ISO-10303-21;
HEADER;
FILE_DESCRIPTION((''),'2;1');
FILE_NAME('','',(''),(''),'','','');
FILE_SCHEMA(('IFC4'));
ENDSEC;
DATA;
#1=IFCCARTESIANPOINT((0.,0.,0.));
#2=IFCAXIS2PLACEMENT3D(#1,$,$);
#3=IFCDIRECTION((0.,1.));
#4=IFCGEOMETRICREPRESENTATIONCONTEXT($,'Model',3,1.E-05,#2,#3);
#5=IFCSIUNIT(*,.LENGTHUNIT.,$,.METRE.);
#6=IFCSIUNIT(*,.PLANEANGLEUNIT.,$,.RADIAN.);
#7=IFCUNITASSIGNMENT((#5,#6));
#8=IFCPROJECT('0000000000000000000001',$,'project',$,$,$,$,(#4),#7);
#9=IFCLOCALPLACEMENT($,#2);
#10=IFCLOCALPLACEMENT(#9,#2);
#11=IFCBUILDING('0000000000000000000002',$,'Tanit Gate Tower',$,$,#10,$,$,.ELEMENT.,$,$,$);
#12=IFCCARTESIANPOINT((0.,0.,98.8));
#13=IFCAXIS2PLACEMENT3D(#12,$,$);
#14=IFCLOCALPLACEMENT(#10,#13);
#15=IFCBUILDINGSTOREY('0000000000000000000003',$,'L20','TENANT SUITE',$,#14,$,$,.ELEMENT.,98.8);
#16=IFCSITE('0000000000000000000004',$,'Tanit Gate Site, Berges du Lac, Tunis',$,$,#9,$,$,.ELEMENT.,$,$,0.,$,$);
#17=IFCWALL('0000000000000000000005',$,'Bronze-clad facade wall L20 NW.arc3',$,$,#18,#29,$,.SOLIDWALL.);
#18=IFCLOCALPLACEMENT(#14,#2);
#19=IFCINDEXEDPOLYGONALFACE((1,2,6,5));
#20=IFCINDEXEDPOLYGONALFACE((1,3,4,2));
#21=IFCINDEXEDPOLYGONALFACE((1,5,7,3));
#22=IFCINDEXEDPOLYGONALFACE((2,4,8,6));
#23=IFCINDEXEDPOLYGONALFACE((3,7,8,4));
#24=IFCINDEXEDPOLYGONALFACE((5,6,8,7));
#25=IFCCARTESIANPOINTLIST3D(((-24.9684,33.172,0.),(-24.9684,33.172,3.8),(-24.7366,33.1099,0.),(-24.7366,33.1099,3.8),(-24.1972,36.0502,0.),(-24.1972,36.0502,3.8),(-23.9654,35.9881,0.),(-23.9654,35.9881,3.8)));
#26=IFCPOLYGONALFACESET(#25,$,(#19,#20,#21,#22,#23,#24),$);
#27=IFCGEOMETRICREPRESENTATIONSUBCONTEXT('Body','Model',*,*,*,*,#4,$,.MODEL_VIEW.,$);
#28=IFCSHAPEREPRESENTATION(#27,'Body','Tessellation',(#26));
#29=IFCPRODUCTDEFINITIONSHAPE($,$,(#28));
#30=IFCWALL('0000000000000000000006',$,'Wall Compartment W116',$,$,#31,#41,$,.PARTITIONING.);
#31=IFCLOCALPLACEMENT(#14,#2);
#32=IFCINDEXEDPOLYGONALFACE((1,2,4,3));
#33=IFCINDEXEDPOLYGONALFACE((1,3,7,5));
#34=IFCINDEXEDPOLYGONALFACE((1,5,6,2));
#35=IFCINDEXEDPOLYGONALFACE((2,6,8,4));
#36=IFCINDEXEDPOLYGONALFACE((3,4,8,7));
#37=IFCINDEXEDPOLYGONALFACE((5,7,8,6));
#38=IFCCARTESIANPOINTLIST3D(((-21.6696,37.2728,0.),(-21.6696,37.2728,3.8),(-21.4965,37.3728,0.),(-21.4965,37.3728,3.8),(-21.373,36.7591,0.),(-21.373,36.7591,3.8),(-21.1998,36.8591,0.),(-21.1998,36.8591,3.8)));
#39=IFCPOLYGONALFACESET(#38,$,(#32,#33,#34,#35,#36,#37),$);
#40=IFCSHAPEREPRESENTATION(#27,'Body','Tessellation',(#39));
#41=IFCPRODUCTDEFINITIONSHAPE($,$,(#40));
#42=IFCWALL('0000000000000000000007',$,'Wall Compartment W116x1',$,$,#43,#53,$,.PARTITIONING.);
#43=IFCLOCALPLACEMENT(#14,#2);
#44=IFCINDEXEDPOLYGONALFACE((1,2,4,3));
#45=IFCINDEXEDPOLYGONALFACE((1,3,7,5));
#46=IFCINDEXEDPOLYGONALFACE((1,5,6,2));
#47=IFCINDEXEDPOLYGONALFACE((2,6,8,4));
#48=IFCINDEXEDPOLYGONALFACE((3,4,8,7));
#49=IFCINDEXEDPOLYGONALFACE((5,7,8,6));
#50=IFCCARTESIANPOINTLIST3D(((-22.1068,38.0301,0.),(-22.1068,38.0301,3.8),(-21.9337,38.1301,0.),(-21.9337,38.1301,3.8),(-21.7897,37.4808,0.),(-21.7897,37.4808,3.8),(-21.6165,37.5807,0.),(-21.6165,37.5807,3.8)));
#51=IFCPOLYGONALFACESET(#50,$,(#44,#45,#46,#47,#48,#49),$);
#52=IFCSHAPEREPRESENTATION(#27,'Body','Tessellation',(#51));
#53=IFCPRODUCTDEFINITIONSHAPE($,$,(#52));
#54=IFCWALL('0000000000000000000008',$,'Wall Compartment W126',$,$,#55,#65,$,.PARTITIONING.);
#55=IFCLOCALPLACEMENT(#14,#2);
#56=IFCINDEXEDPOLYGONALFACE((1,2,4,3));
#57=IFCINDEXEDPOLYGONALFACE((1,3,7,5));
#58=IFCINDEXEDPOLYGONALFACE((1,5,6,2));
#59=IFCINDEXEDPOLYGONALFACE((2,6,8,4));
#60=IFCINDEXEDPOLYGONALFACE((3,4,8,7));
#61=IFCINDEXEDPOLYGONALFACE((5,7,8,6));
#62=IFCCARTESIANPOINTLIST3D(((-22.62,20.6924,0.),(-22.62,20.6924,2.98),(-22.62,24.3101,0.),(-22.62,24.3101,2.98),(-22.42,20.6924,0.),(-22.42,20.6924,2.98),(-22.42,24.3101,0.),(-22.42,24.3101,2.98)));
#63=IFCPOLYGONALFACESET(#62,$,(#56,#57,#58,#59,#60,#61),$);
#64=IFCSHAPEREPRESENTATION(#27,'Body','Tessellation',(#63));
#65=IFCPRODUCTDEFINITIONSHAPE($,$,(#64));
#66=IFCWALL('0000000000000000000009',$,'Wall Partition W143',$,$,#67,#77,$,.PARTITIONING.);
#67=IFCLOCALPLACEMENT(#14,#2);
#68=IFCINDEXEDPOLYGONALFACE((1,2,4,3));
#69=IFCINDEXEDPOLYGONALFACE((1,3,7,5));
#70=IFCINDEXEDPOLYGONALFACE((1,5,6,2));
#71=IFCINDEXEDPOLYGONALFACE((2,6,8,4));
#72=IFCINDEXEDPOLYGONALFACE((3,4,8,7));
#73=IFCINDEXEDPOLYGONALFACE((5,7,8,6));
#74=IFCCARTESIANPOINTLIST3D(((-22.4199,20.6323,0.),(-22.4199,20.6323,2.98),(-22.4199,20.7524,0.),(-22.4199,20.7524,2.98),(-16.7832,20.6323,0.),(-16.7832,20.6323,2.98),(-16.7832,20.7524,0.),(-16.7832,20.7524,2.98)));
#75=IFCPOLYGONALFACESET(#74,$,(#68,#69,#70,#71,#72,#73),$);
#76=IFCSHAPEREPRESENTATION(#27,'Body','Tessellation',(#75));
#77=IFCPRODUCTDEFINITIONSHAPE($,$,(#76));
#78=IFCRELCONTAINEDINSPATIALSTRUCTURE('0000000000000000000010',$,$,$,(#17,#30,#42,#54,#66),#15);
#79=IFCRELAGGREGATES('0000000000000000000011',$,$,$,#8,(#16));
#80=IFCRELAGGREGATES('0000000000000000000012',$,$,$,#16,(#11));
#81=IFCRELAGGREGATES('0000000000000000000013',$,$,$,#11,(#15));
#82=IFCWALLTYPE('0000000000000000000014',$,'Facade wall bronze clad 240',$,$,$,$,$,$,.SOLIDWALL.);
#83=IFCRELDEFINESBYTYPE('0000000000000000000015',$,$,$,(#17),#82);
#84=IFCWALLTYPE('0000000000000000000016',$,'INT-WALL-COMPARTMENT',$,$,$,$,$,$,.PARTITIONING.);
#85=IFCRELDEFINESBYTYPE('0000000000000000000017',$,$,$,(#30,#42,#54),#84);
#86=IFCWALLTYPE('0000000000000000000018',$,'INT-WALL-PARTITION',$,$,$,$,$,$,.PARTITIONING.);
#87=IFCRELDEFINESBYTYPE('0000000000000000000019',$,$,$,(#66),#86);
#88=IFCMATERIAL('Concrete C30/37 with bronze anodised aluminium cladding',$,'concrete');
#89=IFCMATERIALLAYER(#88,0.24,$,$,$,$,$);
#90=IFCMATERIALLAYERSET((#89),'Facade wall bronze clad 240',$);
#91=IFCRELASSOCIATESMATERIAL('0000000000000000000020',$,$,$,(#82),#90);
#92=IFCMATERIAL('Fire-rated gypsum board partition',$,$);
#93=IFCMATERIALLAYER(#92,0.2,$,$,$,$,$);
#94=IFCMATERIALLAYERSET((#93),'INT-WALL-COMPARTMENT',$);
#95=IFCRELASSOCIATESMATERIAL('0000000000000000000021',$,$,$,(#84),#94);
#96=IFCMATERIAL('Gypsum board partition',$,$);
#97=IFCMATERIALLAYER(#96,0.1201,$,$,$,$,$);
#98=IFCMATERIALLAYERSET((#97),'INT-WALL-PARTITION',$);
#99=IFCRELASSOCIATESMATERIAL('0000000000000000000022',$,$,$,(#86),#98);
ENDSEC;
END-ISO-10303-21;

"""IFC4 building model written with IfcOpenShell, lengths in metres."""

from ifc_helpers import new_model, si_unit, direction, frame, frame_2d, origin, place, context, subcontext, project, spatial, rectangle, extrude, material, layer, layer_set, type_object, element, save


model = new_model("IFC4")

# Units and contexts
model_context = context("Model", 3, precision=1e-05, world=origin(), true_north=direction((0.0, 1.0)))
body_context = subcontext(model_context, "Body", "Model", "MODEL_VIEW")
ifc_project = project(units=[si_unit("LENGTHUNIT", "METRE"), si_unit("PLANEANGLEUNIT", "RADIAN")], contexts=[model_context])

# Site, building, storey
site_placement = place(None, origin())
site = spatial("IfcSite", under=ifc_project, at=site_placement, Name="Tanit Gate Site, Berges du Lac, Tunis", CompositionType="ELEMENT", RefElevation=0.0)
building_placement = place(site_placement, origin())
building = spatial("IfcBuilding", under=site, at=building_placement, Name="Tanit Gate Tower", CompositionType="ELEMENT")
storey_placement = place(building_placement, frame((0.0, 0.0, 98.8)))
storey = spatial("IfcBuildingStorey", under=building, at=storey_placement, Name="L20", Description="TENANT SUITE", CompositionType="ELEMENT", Elevation=98.8)

# Walls
ifc_material_1 = material(Name="Concrete C30/37 with bronze anodised aluminium cladding", Category="concrete")
ifc_layer_1 = layer(ifc_material_1, 0.24)
ifc_layer_set_1 = layer_set([ifc_layer_1], Name="Facade wall bronze clad 240")
wall_type_1 = type_object("IfcWallType", Name="Facade wall bronze clad 240", PredefinedType="SOLIDWALL", material=ifc_layer_set_1)
wall_1_placement = place(storey_placement, frame((-24.0813, 36.019, 0.0), z_axis=(0.0, 0.0, 1.0), x_axis=(-0.25883, -0.965923, 0.0)))
element("IfcWall", 1, at=wall_1_placement, inside=storey, type_object=wall_type_1, Name="Bronze-clad facade wall L20 NW.arc3", PredefinedType="SOLIDWALL", context=body_context, shape_type="SweptSolid", body=[
    extrude(rectangle(XDim=2.9797, YDim=0.24, at=frame_2d((1.4897, 0.0))), origin(), (0.0, 0.0, 1.0), 3.8),
])
ifc_material_2 = material(Name="Fire-rated gypsum board partition")
ifc_layer_2 = layer(ifc_material_2, 0.2)
ifc_layer_set_2 = layer_set([ifc_layer_2], Name="INT-WALL-COMPARTMENT")
wall_type_2 = type_object("IfcWallType", Name="INT-WALL-COMPARTMENT", PredefinedType="PARTITIONING", material=ifc_layer_set_2)
wall_2_placement = place(storey_placement, frame((-21.2864, 36.8091, 0.0), z_axis=(0.0, 0.0, 1.0), x_axis=(-0.500079, 0.86598, 0.0)))
element("IfcWall", 2, at=wall_2_placement, inside=storey, type_object=wall_type_2, Name="Wall Compartment W116", PredefinedType="PARTITIONING", context=body_context, shape_type="SweptSolid", body=[
    extrude(rectangle(XDim=0.5933, YDim=0.2, at=frame_2d((0.2966, 0.0))), origin(), (0.0, 0.0, 1.0), 3.8),
])
wall_3_placement = place(storey_placement, frame((-21.7031, 37.5308, 0.0), z_axis=(0.0, 0.0, 1.0), x_axis=(-0.499989, 0.866032, 0.0)))
element("IfcWall", 3, at=wall_3_placement, inside=storey, type_object=wall_type_2, Name="Wall Compartment W116x1", PredefinedType="PARTITIONING", context=body_context, shape_type="SweptSolid", body=[
    extrude(rectangle(XDim=0.6343, YDim=0.2, at=frame_2d((0.3171, 0.0))), origin(), (0.0, 0.0, 1.0), 3.8),
])
wall_4_placement = place(storey_placement, frame((-22.52, 20.6924, 0.0), z_axis=(0.0, 0.0, 1.0), x_axis=(0.0, 1.0, 0.0)))
element("IfcWall", 4, at=wall_4_placement, inside=storey, type_object=wall_type_2, Name="Wall Compartment W126", PredefinedType="PARTITIONING", context=body_context, shape_type="SweptSolid", body=[
    extrude(rectangle(XDim=3.6177, YDim=0.2, at=frame_2d((1.8088, 0.0))), origin(), (0.0, 0.0, 1.0), 2.98),
])
ifc_material_3 = material(Name="Gypsum board partition")
ifc_layer_3 = layer(ifc_material_3, 0.1201)
ifc_layer_set_3 = layer_set([ifc_layer_3], Name="INT-WALL-PARTITION")
wall_type_3 = type_object("IfcWallType", Name="INT-WALL-PARTITION", PredefinedType="PARTITIONING", material=ifc_layer_set_3)
wall_5_placement = place(storey_placement, frame((-22.4199, 20.6924, 0.0), z_axis=(0.0, 0.0, 1.0), x_axis=(1.0, 0.0, 0.0)))
element("IfcWall", 5, at=wall_5_placement, inside=storey, type_object=wall_type_3, Name="Wall Partition W143", PredefinedType="PARTITIONING", context=body_context, shape_type="SweptSolid", body=[
    extrude(rectangle(XDim=5.6367, YDim=0.1201, at=frame_2d((2.8184, 0.0))), origin(), (0.0, 0.0, 1.0), 2.98),
])

save(model, "model.ifc")
